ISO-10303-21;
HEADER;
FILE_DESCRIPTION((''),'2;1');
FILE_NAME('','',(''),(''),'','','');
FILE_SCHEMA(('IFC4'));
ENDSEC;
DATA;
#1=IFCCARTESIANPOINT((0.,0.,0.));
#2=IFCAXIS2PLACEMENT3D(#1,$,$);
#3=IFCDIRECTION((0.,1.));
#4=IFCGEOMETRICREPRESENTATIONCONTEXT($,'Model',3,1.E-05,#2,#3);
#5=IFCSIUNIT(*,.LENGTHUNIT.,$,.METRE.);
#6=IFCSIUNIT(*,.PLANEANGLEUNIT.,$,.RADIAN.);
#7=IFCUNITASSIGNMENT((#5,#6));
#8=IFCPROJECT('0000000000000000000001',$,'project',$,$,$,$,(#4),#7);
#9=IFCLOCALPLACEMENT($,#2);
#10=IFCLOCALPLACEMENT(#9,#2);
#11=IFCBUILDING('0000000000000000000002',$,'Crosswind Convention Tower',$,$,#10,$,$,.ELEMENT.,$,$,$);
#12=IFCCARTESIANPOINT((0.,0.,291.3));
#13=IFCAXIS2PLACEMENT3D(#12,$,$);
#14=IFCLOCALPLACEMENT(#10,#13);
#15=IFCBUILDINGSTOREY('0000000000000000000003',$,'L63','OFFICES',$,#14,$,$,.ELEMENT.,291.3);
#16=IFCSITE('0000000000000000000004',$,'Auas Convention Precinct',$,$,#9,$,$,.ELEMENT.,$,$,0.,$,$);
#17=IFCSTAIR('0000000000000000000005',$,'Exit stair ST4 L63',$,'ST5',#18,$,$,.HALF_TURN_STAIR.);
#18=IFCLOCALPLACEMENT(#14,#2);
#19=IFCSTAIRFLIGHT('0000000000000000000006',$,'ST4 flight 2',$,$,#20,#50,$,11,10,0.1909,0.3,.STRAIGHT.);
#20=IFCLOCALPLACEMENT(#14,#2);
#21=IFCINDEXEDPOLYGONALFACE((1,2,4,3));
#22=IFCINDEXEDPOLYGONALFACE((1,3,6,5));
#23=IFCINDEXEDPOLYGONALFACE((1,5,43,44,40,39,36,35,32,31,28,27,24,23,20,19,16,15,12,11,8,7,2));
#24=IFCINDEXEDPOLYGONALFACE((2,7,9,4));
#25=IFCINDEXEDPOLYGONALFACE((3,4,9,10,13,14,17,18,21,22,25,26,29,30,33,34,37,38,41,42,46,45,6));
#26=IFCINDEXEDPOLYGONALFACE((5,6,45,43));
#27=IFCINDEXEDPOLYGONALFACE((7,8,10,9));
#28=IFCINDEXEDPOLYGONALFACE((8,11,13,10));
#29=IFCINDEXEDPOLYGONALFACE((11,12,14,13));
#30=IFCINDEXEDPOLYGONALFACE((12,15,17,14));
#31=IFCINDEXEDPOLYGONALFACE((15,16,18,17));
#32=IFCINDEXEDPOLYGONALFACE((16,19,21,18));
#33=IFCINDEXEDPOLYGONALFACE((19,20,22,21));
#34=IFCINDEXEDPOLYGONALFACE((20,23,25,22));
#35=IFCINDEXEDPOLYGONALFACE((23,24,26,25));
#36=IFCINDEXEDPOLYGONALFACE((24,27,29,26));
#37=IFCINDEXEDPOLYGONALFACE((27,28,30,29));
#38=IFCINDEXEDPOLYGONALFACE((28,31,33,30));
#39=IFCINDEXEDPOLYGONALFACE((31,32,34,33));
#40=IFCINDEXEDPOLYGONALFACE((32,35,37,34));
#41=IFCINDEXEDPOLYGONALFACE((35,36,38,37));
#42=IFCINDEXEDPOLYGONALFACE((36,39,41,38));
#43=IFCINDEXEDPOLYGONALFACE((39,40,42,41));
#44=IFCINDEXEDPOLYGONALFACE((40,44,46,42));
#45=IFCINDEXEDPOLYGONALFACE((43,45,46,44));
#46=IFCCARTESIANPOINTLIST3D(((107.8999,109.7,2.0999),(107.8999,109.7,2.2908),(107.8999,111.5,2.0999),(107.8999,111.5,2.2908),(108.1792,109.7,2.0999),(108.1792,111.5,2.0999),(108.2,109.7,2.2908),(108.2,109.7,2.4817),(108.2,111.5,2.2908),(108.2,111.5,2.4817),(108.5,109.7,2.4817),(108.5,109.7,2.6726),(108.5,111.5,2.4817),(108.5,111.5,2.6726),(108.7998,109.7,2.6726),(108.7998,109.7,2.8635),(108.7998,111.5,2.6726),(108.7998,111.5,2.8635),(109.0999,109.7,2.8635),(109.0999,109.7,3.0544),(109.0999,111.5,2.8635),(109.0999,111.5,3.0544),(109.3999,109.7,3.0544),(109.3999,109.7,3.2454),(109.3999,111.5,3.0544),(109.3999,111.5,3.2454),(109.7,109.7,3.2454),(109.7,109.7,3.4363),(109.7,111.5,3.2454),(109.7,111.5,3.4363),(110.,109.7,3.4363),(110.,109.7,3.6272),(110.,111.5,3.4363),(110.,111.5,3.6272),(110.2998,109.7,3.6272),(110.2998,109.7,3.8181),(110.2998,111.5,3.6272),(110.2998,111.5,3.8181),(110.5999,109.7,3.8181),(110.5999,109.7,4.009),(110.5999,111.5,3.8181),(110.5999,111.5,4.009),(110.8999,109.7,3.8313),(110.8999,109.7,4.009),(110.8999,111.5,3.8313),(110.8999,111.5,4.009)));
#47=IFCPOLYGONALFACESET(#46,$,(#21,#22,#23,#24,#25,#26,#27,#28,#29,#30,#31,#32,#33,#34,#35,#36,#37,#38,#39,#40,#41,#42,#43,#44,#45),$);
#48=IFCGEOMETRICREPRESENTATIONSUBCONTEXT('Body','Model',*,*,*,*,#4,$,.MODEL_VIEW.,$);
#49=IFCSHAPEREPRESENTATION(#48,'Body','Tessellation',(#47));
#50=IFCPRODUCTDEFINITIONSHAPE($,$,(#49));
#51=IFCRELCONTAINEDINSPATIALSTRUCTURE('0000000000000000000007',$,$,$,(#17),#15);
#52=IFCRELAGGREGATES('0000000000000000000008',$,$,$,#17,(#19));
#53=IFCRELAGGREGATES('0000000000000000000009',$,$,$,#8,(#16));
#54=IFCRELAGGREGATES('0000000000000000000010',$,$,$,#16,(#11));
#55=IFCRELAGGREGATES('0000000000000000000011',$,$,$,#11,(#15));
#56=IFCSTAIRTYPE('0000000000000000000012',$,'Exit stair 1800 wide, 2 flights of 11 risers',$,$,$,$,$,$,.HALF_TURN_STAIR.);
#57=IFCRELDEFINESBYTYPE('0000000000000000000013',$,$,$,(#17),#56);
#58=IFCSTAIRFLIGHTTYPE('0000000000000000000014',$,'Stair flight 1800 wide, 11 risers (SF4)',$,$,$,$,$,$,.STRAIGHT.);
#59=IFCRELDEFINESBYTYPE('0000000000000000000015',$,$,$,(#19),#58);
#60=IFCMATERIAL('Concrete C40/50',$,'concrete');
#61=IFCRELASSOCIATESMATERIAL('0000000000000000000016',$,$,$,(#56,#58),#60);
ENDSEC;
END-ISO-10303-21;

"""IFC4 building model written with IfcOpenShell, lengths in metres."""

from ifc_helpers import new_model, si_unit, direction, frame, origin, place, context, subcontext, project, spatial, polyline, outline, extrude, material, type_object, element, aggregate, save


model = new_model("IFC4")

# Units and contexts
model_context = context("Model", 3, precision=1e-05, world=origin(), true_north=direction((0.0, 1.0)))
body_context = subcontext(model_context, "Body", "Model", "MODEL_VIEW")
ifc_project = project(units=[si_unit("LENGTHUNIT", "METRE"), si_unit("PLANEANGLEUNIT", "RADIAN")], contexts=[model_context])

# Site, building, storey
site_placement = place(None, origin())
site = spatial("IfcSite", under=ifc_project, at=site_placement, Name="Auas Convention Precinct", CompositionType="ELEMENT", RefElevation=0.0)
building_placement = place(site_placement, origin())
building = spatial("IfcBuilding", under=site, at=building_placement, Name="Crosswind Convention Tower", CompositionType="ELEMENT")
storey_placement = place(building_placement, frame((0.0, 0.0, 291.3)))
storey = spatial("IfcBuildingStorey", under=building, at=storey_placement, Name="L63", Description="OFFICES", CompositionType="ELEMENT", Elevation=291.3)

# Stair, stair flight
ifc_material_1 = material(Name="Concrete C40/50", Category="concrete")
stair_type = type_object("IfcStairType", Name="Exit stair 1800 wide, 2 flights of 11 risers", PredefinedType="HALF_TURN_STAIR", material=ifc_material_1)
stair_placement = place(storey_placement, origin())
stair = element("IfcStair", 1, at=stair_placement, inside=storey, type_object=stair_type, Name="Exit stair ST4 L63", ObjectType="ST5", PredefinedType="HALF_TURN_STAIR")
stair_flight_type = type_object("IfcStairFlightType", Name="Stair flight 1800 wide, 11 risers (SF4)", PredefinedType="STRAIGHT", material=ifc_material_1)
stair_flight_placement = place(storey_placement, frame((107.8999, 110.6001, 2.0999), z_axis=(0.0, 0.0, 1.0), x_axis=(1.0, 0.0, 0.0)))
stair_flight = element("IfcStairFlight", 2, at=stair_flight_placement, type_object=stair_flight_type, Name="ST4 flight 2", NumberOfRisers=11, NumberOfTreads=10, PredefinedType="STRAIGHT", RiserHeight=0.1909, TreadLength=0.3, context=body_context, shape_type="SweptSolid", body=[
    extrude(outline(polyline([(0.0, 0.0), (0.0, 0.1909), (0.3, 0.1909), (0.3, 0.3818), (0.6001, 0.3818), (0.6001, 0.5728), (0.8999, 0.5728), (0.8999, 0.7637), (1.2, 0.7637), (1.2, 0.9546), (1.5, 0.9546), (1.5, 1.1455), (1.8, 1.1455), (1.8, 1.3364), (2.1001, 1.3364), (2.1001, 1.5273), (2.3999, 1.5273), (2.3999, 1.7183), (2.7, 1.7183), (2.7, 1.9092), (3.0, 1.9092), (3.0, 2.1001), (3.0, 1.7314), (0.2793, 0.0), (0.0, 0.0)])), frame((0.0, 0.8999, 0.0), z_axis=(0.0, -1.0, 0.0), x_axis=(1.0, 0.0, 0.0)), (0.0, 0.0, 1.0), 1.8),
])
aggregate(stair, [stair_flight])

save(model, "model.ifc")
